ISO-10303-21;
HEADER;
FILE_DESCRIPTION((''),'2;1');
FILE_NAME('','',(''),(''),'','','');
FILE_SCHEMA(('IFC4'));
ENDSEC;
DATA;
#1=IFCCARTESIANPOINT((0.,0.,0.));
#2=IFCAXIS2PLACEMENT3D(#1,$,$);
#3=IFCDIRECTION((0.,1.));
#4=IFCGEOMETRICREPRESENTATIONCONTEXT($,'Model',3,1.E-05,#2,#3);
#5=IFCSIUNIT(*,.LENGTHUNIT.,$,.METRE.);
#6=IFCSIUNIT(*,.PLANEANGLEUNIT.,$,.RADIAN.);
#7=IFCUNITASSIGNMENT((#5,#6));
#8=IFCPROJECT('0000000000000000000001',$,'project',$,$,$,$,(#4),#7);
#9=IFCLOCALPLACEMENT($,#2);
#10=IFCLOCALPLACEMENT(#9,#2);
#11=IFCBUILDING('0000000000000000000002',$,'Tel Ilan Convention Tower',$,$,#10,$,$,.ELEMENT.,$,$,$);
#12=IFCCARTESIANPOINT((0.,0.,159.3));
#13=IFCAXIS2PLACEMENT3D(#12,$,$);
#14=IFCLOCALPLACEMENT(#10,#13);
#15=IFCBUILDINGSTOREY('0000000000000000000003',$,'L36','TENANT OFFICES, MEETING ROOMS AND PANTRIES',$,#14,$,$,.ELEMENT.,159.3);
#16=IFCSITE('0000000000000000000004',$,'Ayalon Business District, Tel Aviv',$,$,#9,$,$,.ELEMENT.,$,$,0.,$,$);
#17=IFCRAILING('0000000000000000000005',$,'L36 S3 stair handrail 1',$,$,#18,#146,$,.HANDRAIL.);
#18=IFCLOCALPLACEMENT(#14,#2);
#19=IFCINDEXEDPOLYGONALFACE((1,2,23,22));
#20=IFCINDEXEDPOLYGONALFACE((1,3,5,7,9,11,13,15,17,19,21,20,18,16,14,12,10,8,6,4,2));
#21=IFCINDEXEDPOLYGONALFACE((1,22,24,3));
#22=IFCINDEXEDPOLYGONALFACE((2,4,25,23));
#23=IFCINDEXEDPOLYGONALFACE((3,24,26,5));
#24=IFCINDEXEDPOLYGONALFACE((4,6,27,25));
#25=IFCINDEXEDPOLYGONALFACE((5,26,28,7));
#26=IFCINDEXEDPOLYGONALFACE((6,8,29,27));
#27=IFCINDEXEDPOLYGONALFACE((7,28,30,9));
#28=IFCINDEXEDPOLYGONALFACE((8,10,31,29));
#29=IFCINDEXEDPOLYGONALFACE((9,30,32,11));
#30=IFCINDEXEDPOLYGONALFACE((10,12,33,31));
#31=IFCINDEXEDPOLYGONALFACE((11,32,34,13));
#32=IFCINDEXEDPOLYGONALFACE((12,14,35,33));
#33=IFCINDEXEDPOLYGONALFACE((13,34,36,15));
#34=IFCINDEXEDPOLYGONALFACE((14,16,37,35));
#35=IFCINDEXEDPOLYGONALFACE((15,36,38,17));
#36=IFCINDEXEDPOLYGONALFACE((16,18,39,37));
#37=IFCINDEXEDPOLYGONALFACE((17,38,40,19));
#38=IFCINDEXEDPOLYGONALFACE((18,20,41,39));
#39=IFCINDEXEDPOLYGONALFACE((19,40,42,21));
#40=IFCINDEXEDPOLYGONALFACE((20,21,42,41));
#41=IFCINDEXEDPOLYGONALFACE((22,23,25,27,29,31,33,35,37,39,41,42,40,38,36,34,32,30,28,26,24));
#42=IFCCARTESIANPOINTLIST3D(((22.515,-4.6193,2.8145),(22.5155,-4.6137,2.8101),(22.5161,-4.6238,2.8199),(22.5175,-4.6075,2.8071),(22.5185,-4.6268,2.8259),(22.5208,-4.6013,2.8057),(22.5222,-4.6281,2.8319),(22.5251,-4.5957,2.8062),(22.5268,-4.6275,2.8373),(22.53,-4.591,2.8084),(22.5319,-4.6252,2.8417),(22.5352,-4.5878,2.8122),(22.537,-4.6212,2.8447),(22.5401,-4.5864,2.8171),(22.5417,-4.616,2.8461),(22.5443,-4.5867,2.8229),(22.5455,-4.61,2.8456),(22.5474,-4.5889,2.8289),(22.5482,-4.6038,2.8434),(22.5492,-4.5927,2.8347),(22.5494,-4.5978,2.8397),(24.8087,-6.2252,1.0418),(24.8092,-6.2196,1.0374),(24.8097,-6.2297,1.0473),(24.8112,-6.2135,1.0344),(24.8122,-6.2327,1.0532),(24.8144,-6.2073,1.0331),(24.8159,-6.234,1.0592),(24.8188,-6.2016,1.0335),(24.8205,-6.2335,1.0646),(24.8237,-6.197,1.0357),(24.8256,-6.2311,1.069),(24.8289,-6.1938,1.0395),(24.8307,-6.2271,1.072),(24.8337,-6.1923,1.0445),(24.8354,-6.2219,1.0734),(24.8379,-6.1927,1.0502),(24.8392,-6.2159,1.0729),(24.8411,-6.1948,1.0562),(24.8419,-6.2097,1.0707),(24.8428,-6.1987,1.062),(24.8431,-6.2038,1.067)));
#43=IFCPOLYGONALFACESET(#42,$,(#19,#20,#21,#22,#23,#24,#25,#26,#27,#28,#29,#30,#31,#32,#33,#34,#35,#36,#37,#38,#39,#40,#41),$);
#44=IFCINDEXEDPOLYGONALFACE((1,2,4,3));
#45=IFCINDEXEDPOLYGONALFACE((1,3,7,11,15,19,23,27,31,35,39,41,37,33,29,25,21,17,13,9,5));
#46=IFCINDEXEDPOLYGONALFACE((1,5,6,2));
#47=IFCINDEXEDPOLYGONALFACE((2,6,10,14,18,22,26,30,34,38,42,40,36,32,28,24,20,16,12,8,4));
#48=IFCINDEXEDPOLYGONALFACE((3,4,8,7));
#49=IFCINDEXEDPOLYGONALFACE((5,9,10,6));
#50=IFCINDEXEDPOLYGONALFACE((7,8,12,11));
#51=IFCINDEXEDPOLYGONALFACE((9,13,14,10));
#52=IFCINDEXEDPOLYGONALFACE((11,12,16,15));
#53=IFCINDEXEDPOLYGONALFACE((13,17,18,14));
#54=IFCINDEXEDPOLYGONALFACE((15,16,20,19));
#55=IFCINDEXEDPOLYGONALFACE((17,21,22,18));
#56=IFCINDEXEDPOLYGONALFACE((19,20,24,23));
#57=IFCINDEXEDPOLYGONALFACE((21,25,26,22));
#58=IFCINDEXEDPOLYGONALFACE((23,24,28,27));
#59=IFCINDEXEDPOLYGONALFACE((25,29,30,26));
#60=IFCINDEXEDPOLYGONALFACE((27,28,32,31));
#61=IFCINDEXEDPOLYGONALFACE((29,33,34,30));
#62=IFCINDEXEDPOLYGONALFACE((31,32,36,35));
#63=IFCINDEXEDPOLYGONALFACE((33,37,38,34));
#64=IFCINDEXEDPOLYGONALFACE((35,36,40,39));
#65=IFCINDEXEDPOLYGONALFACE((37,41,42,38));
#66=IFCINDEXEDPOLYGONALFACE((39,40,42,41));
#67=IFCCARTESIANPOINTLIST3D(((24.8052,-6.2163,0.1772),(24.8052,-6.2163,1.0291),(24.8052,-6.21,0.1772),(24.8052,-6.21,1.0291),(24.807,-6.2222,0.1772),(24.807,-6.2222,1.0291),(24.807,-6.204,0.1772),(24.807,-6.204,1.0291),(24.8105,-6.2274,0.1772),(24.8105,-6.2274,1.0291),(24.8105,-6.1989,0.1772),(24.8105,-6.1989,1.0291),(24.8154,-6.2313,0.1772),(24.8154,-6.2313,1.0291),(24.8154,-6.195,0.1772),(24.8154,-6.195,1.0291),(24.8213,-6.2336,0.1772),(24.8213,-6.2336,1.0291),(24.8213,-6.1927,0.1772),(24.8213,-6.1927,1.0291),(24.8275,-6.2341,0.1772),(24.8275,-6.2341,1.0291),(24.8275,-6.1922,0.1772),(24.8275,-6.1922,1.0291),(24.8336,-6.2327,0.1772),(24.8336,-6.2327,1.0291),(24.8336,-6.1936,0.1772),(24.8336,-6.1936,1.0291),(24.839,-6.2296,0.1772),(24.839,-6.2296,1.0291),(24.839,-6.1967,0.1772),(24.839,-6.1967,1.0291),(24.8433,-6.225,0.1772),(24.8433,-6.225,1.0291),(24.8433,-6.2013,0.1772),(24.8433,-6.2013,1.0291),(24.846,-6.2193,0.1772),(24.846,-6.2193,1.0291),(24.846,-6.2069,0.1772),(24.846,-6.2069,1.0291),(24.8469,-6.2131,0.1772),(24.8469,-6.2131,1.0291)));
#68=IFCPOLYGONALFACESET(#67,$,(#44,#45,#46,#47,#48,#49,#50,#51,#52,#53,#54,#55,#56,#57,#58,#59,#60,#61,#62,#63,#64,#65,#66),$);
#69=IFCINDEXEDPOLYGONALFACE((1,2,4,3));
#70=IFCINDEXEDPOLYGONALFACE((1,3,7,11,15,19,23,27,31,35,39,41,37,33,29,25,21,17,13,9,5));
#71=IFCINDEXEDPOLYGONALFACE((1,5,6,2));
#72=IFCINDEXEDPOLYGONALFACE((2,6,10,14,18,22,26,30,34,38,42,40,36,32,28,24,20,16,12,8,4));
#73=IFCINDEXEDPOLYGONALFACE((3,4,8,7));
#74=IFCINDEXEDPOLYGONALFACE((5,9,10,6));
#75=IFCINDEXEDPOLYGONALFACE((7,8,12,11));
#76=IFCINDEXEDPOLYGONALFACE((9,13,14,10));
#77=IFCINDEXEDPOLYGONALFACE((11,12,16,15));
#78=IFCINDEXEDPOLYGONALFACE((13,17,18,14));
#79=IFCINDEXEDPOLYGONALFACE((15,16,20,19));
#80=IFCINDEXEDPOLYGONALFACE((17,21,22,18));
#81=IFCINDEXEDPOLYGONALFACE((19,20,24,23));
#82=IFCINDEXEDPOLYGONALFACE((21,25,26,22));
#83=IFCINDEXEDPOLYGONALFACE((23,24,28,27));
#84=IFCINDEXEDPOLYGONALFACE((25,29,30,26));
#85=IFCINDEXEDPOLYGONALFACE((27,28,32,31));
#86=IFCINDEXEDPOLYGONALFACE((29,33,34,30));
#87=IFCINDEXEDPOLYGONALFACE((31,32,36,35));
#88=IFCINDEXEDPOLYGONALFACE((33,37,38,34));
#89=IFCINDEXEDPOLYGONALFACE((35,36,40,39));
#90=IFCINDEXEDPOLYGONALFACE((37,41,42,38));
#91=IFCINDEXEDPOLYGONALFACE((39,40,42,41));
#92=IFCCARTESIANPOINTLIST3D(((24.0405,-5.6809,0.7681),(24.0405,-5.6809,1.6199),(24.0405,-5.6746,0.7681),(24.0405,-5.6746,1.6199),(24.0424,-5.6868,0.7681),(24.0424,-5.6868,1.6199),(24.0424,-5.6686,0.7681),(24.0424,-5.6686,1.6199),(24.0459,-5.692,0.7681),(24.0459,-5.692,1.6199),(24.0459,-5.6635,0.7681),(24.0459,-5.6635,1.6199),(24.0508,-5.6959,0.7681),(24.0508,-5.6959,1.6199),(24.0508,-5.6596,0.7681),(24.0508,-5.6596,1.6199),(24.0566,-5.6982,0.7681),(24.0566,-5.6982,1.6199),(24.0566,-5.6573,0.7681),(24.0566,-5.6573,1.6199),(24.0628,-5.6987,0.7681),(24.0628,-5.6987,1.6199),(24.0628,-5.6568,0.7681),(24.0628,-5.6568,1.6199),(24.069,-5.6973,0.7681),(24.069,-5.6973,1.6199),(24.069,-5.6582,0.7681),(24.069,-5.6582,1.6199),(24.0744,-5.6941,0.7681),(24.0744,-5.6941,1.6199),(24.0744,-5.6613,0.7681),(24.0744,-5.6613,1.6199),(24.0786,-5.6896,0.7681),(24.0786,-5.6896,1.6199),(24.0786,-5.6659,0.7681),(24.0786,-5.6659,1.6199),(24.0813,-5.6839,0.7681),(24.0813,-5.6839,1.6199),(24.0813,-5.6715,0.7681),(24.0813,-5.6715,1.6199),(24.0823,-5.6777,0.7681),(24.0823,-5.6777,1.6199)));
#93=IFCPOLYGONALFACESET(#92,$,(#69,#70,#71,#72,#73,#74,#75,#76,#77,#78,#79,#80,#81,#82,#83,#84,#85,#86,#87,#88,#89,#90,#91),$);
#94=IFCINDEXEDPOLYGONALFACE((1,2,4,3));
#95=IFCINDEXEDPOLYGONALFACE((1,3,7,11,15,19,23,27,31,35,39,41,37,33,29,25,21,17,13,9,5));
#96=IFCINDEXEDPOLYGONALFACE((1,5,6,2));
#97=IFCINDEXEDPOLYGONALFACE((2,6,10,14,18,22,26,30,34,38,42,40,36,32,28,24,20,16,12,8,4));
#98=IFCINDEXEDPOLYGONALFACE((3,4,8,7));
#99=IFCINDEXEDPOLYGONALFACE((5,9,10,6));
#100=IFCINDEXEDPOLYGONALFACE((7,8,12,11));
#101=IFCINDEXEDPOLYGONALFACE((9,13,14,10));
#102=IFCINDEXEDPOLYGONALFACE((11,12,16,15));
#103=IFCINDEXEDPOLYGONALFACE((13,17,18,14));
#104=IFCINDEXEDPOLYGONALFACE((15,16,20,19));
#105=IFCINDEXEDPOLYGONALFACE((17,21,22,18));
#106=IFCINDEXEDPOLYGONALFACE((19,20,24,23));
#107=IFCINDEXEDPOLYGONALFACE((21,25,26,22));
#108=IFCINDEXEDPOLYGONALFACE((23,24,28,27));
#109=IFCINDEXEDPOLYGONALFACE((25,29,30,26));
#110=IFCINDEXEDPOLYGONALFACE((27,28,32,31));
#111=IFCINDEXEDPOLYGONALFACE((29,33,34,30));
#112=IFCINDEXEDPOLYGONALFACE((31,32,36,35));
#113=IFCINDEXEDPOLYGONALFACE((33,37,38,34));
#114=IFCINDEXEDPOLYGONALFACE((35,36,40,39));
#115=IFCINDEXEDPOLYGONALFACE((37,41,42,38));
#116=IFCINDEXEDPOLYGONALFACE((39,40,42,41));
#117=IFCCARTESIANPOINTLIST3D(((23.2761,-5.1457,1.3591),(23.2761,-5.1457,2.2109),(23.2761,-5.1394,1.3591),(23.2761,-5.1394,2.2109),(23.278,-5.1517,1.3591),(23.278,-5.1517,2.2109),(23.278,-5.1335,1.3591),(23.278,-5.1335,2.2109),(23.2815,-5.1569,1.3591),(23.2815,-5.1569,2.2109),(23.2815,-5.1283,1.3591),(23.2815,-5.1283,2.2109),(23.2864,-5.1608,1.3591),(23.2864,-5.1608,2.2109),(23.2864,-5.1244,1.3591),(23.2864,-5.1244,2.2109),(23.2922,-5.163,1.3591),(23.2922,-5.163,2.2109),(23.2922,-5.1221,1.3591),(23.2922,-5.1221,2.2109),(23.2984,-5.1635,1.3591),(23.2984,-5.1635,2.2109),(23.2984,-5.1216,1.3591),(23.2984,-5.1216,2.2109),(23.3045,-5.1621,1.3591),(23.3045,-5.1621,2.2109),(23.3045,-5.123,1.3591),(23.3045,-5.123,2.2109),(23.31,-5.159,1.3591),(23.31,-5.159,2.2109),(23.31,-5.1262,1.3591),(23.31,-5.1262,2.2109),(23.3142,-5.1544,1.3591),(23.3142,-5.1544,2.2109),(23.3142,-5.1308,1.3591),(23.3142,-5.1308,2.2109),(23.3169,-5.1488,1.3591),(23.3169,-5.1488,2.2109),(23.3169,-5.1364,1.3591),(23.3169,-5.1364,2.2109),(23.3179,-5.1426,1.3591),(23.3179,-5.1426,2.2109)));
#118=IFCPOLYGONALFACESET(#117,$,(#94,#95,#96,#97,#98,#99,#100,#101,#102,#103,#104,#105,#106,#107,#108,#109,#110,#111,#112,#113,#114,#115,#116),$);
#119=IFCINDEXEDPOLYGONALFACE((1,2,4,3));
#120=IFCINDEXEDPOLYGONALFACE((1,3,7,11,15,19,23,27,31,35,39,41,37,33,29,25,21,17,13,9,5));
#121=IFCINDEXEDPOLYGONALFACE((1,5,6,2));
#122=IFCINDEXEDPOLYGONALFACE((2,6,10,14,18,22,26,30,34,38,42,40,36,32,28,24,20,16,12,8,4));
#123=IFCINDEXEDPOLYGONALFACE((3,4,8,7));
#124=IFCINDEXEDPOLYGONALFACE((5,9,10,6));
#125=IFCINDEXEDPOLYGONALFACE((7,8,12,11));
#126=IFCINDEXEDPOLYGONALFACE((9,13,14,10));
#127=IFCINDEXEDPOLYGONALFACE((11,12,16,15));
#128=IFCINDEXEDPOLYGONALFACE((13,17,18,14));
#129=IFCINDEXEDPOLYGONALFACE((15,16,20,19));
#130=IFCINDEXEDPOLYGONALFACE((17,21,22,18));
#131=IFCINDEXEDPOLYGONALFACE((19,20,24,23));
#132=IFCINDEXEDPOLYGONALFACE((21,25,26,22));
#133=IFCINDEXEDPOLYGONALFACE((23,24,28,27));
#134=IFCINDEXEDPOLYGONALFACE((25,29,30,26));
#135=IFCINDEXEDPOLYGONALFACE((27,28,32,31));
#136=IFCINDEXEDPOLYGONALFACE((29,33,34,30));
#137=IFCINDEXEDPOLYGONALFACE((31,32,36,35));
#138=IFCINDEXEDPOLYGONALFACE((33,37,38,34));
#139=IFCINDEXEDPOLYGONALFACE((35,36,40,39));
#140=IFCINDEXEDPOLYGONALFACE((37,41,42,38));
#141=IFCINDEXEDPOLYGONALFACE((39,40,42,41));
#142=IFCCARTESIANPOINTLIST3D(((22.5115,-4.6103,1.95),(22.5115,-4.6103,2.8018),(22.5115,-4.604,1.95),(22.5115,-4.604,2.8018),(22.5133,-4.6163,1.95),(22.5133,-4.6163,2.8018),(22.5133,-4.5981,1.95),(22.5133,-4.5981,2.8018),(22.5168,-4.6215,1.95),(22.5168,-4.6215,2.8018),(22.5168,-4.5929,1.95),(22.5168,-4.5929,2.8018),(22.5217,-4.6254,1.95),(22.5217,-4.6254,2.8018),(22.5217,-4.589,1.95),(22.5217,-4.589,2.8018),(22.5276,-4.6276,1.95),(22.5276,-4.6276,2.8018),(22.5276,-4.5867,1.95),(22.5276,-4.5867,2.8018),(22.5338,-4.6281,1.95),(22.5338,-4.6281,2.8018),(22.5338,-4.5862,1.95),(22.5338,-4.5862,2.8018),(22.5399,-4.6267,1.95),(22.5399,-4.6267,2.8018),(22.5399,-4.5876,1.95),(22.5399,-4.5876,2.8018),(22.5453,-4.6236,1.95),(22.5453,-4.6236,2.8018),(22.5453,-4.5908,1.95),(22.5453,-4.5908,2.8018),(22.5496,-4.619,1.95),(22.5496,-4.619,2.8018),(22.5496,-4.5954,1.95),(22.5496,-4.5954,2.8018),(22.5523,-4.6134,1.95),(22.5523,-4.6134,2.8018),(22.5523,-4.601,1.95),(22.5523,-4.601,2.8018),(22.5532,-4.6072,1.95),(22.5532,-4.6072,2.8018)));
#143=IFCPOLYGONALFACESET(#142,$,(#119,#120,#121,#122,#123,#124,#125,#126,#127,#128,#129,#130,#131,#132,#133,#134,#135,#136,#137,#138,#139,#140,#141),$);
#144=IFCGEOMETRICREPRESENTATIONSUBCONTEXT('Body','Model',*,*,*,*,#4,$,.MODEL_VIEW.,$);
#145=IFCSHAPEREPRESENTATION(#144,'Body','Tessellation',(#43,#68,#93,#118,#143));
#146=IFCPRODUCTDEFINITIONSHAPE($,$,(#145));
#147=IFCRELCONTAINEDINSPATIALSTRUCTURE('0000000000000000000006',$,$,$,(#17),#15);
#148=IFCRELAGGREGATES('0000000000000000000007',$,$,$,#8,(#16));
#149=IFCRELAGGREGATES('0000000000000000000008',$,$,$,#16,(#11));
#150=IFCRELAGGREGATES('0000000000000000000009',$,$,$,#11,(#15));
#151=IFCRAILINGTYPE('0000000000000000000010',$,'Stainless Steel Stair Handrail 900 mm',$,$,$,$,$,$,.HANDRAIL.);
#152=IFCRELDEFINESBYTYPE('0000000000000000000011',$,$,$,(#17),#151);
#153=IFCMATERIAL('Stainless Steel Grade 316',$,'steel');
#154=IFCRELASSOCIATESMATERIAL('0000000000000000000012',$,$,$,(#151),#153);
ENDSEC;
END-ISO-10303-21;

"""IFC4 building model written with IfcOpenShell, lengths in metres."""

from ifc_helpers import new_model, si_unit, direction, frame, origin, origin_2d, place, context, subcontext, project, spatial, circle, extrude, material, type_object, element, save


model = new_model("IFC4")

# Units and contexts
model_context = context("Model", 3, precision=1e-05, world=origin(), true_north=direction((0.0, 1.0)))
body_context = subcontext(model_context, "Body", "Model", "MODEL_VIEW")
ifc_project = project(units=[si_unit("LENGTHUNIT", "METRE"), si_unit("PLANEANGLEUNIT", "RADIAN")], contexts=[model_context])

# Site, building, storey
site_placement = place(None, origin())
site = spatial("IfcSite", under=ifc_project, at=site_placement, Name="Ayalon Business District, Tel Aviv", CompositionType="ELEMENT", RefElevation=0.0)
building_placement = place(site_placement, origin())
building = spatial("IfcBuilding", under=site, at=building_placement, Name="Tel Ilan Convention Tower", CompositionType="ELEMENT")
storey_placement = place(building_placement, frame((0.0, 0.0, 159.3)))
storey = spatial("IfcBuildingStorey", under=building, at=storey_placement, Name="L36", Description="TENANT OFFICES, MEETING ROOMS AND PANTRIES", CompositionType="ELEMENT", Elevation=159.3)

# Railing
ifc_material_1 = material(Name="Stainless Steel Grade 316", Category="steel")
railing_type_1 = type_object("IfcRailingType", Name="Stainless Steel Stair Handrail 900 mm", PredefinedType="HANDRAIL", material=ifc_material_1)
railing_1_placement = place(storey_placement, frame((24.8259, -6.2131, 0.1772)))
element("IfcRailing", 1, at=railing_1_placement, inside=storey, type_object=railing_type_1, Name="L36 S3 stair handrail 1", PredefinedType="HANDRAIL", context=body_context, shape_type="SweptSolid", body=[
    extrude(circle(Radius=0.0239, at=origin_2d()), frame((0.0, 0.0, 0.876), z_axis=(-0.692123, 0.484597, 0.534913), x_axis=(-0.57355, -0.81917, 0.0)), (0.0, 0.0, 1.0), 3.314),
    extrude(circle(Radius=0.021, at=origin_2d()), origin(), (0.0, 0.0, 1.0), 0.8518),
    extrude(circle(Radius=0.021, at=origin_2d()), frame((-0.7646, 0.5354, 0.5908)), (0.0, 0.0, 1.0), 0.8518),
    extrude(circle(Radius=0.021, at=origin_2d()), frame((-1.5291, 1.0706, 1.1819)), (0.0, 0.0, 1.0), 0.8518),
    extrude(circle(Radius=0.021, at=origin_2d()), frame((-2.2937, 1.606, 1.7727)), (0.0, 0.0, 1.0), 0.8518),
])

save(model, "model.ifc")
